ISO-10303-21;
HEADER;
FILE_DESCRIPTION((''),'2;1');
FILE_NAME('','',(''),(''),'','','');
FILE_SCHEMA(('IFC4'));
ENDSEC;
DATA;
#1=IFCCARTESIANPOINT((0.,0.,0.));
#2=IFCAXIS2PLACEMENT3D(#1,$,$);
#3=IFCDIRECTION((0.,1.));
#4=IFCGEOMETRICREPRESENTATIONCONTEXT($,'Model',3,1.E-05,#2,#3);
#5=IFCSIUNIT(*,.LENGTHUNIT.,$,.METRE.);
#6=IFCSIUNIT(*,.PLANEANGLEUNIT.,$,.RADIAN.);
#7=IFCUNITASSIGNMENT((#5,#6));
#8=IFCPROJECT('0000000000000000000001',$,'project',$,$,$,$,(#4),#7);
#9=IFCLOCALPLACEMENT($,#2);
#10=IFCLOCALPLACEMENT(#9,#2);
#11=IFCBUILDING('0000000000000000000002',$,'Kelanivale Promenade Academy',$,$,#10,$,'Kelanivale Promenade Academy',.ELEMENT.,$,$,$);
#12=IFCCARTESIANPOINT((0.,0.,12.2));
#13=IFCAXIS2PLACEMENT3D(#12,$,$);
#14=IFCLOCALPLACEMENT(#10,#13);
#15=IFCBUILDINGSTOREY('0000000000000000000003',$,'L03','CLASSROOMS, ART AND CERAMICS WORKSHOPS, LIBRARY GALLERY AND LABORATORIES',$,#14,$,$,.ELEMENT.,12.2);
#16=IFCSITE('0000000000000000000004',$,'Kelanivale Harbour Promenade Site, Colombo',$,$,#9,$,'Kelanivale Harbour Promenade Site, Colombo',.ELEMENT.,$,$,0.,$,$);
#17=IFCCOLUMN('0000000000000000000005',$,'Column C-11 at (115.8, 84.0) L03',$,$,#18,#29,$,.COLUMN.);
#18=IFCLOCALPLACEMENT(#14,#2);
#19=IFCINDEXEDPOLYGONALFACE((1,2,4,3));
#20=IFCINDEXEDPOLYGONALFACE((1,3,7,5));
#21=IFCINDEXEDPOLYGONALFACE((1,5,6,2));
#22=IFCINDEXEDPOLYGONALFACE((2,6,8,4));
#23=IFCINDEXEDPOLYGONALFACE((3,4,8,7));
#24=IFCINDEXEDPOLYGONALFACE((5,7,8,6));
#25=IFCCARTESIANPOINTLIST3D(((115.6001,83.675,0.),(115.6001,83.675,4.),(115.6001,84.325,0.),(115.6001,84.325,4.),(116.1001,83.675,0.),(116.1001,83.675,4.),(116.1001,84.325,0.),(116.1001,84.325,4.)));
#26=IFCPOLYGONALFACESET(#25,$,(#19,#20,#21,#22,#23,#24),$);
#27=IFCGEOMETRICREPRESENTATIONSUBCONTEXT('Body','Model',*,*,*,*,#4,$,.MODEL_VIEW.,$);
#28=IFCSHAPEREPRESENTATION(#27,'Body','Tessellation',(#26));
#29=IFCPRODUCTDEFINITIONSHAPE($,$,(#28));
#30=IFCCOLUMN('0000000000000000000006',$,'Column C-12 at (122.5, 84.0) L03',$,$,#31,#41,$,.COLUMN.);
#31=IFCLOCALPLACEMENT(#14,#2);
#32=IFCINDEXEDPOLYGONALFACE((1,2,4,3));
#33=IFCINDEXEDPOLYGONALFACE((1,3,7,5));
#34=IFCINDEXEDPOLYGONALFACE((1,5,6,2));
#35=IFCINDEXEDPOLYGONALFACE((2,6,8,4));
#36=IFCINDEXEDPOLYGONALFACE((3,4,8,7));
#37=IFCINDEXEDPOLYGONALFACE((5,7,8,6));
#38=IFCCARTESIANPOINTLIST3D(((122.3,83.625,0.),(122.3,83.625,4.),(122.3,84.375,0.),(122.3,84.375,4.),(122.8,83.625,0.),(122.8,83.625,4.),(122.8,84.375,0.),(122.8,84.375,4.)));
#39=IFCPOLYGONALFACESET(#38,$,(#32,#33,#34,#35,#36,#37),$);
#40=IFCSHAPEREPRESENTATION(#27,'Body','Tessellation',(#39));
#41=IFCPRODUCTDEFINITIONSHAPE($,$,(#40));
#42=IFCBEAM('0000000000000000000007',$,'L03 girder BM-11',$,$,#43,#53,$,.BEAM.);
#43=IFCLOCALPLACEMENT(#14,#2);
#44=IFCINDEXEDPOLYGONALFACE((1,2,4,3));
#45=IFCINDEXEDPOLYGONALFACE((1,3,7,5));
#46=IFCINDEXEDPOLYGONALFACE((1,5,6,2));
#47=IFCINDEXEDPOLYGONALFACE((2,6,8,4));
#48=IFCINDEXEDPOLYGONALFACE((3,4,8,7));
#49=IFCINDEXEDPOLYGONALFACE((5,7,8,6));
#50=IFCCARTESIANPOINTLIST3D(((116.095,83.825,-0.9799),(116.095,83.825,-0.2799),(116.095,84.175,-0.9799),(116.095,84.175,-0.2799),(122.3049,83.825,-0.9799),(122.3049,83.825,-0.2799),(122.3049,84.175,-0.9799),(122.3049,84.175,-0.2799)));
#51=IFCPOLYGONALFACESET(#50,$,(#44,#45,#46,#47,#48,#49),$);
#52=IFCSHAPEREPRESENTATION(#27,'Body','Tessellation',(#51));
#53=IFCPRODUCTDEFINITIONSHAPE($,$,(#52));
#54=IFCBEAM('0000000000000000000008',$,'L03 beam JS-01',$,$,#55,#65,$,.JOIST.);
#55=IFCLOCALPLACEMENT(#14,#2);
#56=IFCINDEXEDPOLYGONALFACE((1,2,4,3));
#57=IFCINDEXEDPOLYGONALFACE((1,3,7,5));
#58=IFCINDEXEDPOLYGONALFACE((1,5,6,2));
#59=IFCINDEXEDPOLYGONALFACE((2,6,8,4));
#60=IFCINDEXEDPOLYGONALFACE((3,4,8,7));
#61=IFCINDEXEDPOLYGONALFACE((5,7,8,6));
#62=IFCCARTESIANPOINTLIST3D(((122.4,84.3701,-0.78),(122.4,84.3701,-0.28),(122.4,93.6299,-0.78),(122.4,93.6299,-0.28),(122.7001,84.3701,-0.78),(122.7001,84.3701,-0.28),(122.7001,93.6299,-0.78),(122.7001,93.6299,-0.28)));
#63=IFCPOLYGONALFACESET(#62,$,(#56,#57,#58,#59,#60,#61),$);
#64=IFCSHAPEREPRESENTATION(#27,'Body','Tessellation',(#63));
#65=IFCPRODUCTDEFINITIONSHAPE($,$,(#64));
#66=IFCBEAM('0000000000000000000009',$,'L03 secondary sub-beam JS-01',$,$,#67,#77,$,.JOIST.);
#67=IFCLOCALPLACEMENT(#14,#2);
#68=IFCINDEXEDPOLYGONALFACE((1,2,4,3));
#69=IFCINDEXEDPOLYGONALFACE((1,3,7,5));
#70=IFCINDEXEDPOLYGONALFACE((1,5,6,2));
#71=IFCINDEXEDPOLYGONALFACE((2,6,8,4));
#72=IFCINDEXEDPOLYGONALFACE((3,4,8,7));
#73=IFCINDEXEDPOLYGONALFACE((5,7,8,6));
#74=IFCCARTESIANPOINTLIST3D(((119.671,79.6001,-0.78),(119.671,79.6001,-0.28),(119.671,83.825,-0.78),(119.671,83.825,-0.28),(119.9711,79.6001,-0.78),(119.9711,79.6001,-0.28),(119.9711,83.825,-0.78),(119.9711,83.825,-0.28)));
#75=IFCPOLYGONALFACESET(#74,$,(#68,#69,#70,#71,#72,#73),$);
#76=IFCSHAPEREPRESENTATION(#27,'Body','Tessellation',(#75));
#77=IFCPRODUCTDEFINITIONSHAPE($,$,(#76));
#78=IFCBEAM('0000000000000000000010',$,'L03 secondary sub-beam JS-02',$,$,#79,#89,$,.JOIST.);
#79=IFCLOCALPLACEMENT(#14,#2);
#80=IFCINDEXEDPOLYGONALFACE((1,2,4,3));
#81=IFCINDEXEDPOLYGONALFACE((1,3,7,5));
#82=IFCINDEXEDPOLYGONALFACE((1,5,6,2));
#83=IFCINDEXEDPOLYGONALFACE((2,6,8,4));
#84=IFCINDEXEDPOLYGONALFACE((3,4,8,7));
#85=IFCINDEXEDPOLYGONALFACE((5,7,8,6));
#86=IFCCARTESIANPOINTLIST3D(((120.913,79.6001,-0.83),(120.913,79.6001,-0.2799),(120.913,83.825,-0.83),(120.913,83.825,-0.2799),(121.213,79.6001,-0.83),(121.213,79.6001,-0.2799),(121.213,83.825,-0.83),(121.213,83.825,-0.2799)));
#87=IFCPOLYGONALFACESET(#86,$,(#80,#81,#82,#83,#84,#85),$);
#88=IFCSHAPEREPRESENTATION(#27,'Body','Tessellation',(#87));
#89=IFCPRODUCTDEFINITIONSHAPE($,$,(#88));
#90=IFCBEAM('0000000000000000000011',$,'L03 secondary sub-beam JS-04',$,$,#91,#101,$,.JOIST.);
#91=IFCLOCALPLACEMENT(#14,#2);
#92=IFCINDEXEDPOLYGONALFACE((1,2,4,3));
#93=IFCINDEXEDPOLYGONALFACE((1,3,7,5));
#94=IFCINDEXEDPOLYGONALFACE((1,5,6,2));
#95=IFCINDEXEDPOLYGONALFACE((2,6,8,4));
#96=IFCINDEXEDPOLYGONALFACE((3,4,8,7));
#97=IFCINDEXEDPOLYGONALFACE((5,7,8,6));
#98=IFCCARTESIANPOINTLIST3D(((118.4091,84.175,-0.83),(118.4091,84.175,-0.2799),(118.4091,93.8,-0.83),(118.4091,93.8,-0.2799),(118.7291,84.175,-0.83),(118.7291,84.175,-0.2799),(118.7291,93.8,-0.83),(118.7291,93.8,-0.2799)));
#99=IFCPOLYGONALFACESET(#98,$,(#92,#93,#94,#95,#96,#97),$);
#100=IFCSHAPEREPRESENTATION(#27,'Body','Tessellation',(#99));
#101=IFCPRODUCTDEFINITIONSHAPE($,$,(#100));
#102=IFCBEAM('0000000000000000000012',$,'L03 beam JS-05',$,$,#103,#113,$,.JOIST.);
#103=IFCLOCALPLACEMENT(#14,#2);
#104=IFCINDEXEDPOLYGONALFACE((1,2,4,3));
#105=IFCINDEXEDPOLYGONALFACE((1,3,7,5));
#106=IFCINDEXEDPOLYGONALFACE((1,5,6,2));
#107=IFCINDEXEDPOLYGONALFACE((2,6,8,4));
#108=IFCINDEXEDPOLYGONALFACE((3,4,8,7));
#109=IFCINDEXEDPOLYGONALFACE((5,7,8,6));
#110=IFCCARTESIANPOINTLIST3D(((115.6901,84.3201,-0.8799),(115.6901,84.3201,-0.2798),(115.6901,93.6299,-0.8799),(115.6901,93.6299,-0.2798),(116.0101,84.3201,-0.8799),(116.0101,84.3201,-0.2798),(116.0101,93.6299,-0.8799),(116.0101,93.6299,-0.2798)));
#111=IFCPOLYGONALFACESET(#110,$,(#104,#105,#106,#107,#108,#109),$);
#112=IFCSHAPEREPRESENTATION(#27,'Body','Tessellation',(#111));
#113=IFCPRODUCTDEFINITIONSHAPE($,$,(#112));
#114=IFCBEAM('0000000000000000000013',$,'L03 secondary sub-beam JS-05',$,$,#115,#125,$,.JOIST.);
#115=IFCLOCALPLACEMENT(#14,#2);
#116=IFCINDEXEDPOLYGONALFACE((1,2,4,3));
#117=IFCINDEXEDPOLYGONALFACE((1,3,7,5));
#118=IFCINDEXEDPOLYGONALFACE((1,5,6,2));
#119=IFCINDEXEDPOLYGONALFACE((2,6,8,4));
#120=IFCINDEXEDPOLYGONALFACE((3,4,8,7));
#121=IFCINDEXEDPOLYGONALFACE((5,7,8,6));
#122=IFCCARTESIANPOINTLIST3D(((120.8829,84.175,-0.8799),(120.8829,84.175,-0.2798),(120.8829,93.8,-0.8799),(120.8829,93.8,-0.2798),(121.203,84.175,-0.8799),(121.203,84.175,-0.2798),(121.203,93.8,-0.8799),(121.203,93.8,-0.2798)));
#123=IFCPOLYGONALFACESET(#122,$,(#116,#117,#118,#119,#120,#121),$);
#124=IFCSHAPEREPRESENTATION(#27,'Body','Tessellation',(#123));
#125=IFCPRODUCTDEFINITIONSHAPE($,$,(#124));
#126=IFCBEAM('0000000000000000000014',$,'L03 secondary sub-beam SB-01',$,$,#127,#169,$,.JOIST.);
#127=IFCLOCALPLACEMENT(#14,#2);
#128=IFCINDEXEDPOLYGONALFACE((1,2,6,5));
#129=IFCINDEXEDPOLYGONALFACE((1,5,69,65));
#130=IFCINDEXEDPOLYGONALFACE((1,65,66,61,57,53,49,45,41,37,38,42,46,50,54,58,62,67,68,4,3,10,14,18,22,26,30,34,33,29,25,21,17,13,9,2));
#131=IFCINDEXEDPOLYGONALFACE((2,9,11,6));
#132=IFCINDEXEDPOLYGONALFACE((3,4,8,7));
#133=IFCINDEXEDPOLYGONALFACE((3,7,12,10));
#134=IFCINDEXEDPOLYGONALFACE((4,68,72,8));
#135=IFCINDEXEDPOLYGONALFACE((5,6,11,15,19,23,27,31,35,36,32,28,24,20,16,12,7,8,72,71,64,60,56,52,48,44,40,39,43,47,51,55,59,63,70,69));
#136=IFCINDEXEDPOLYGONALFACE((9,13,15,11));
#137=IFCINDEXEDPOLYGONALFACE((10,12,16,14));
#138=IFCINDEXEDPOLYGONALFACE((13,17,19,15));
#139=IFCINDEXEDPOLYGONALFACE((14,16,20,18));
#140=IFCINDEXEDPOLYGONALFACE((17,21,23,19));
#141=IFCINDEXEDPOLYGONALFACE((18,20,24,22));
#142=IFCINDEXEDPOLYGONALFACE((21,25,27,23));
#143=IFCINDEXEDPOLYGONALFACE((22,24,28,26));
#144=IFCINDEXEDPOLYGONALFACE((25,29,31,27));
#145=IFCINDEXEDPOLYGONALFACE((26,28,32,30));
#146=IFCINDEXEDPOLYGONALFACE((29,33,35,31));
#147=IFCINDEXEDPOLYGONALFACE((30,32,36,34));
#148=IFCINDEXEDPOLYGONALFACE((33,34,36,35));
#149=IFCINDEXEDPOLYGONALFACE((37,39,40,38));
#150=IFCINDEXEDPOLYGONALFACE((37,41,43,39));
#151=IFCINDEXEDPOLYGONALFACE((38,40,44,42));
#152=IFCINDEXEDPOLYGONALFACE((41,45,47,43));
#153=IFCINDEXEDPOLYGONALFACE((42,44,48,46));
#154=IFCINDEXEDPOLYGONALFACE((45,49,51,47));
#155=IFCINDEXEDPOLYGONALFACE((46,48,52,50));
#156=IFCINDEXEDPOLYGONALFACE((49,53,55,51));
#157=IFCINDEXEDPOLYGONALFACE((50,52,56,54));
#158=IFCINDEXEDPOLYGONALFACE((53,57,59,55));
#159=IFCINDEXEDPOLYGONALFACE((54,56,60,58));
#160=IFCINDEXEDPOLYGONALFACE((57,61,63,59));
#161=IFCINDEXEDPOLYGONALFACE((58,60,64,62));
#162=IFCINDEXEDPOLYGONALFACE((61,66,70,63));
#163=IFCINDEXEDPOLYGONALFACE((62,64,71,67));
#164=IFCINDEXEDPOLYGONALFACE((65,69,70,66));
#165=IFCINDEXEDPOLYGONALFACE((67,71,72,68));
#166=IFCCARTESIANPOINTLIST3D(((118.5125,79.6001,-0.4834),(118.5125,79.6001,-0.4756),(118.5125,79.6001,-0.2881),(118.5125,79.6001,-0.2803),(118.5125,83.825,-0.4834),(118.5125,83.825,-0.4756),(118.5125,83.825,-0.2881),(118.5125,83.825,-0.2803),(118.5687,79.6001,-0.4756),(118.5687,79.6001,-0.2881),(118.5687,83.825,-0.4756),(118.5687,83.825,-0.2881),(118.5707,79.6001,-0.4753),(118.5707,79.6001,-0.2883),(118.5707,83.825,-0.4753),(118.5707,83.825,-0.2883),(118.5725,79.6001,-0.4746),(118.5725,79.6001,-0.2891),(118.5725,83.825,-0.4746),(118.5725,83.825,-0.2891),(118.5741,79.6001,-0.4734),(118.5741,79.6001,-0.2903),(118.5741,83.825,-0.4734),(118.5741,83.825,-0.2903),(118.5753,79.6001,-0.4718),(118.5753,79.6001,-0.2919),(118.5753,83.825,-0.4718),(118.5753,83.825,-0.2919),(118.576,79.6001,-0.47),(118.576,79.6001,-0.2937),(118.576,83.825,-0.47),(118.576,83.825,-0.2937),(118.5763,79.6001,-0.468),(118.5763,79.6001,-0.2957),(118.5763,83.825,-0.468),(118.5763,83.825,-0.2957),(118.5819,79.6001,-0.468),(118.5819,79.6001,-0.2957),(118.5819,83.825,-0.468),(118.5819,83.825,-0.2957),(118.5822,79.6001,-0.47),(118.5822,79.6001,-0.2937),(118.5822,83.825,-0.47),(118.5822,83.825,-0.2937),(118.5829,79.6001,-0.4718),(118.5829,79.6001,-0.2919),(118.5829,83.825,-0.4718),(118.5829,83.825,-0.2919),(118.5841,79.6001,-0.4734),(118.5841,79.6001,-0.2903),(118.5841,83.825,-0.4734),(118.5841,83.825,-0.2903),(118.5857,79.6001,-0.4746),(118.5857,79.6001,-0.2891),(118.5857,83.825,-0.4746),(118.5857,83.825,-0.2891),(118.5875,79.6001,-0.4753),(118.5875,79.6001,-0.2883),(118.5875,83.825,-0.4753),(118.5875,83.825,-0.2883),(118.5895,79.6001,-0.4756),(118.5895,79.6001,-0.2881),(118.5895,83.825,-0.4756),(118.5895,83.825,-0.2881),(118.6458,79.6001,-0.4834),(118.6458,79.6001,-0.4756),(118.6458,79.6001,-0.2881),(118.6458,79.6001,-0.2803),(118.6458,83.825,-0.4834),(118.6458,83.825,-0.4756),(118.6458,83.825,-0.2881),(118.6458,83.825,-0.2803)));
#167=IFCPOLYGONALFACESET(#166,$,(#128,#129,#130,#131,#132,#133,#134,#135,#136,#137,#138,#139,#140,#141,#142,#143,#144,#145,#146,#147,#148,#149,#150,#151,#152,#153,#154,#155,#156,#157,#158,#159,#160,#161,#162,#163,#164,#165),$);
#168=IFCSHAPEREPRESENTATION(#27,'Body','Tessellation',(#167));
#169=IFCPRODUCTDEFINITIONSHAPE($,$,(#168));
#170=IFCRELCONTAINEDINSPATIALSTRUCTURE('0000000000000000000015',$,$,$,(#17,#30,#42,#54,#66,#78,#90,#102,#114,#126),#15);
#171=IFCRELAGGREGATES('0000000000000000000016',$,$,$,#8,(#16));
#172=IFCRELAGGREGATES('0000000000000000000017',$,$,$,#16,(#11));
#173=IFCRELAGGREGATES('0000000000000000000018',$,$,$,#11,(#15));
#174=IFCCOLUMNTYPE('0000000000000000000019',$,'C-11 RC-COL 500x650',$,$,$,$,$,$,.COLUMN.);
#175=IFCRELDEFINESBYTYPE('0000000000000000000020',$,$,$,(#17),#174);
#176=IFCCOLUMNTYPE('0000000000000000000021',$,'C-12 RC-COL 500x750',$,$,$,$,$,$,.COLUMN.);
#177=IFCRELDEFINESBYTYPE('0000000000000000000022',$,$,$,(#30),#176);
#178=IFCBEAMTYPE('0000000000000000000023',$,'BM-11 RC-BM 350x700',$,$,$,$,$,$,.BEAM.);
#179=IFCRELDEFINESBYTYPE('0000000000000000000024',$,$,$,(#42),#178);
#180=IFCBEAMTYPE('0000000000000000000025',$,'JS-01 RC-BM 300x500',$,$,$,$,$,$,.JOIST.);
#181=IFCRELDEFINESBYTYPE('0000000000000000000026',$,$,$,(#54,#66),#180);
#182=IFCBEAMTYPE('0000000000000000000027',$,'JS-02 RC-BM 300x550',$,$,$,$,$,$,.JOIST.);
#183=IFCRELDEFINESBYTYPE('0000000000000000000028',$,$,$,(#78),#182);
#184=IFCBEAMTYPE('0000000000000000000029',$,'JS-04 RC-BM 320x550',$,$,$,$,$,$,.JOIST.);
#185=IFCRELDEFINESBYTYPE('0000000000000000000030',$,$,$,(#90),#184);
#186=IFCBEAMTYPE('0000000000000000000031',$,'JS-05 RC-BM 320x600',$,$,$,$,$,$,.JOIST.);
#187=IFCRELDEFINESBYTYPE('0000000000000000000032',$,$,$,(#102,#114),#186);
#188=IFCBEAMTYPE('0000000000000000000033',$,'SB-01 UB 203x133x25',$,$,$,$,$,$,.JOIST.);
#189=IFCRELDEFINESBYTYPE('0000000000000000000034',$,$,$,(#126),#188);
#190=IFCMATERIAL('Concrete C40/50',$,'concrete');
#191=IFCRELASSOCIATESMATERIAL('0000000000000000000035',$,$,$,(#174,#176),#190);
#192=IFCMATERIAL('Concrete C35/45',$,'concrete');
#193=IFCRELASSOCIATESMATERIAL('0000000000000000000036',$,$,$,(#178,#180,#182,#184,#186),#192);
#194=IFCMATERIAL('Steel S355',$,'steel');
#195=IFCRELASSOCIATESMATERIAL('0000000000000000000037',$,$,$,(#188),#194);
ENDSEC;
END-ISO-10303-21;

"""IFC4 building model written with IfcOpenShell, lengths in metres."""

from ifc_helpers import new_model, si_unit, direction, frame, origin, origin_2d, place, context, subcontext, project, spatial, rectangle, i_section, extrude, material, material_profile, profile_set, type_object, element, save


model = new_model("IFC4")

# Units and contexts
model_context = context("Model", 3, precision=1e-05, world=origin(), true_north=direction((0.0, 1.0)))
body_context = subcontext(model_context, "Body", "Model", "MODEL_VIEW")
ifc_project = project(units=[si_unit("LENGTHUNIT", "METRE"), si_unit("PLANEANGLEUNIT", "RADIAN")], contexts=[model_context])

# Site, building, storey
site_placement = place(None, origin())
site = spatial("IfcSite", under=ifc_project, at=site_placement, Name="Kelanivale Harbour Promenade Site, Colombo", LongName="Kelanivale Harbour Promenade Site, Colombo", CompositionType="ELEMENT", RefElevation=0.0)
building_placement = place(site_placement, origin())
building = spatial("IfcBuilding", under=site, at=building_placement, Name="Kelanivale Promenade Academy", LongName="Kelanivale Promenade Academy", CompositionType="ELEMENT")
storey_placement = place(building_placement, frame((0.0, 0.0, 12.2)))
storey = spatial("IfcBuildingStorey", under=building, at=storey_placement, Name="L03", Description="CLASSROOMS, ART AND CERAMICS WORKSHOPS, LIBRARY GALLERY AND LABORATORIES", CompositionType="ELEMENT", Elevation=12.2)

# Columns
ifc_material_1 = material(Name="Concrete C40/50", Category="concrete")
ifc_material_profile_1 = material_profile(ifc_material_1, rectangle(XDim=0.5, YDim=0.6499, at=origin_2d()), Name="RC-COL 500x650")
ifc_profile_set_1 = profile_set([ifc_material_profile_1], Name="Concrete C40/50")
column_type_1 = type_object("IfcColumnType", Name="C-11 RC-COL 500x650", PredefinedType="COLUMN", material=ifc_profile_set_1)
column_1_placement = place(storey_placement, frame((115.8501, 84.0, 0.0), z_axis=(0.0, 0.0, 1.0), x_axis=(1.0, 0.0, 0.0)))
element("IfcColumn", 1, at=column_1_placement, inside=storey, type_object=column_type_1, Name="Column C-11 at (115.8, 84.0) L03", PredefinedType="COLUMN", context=body_context, shape_type="SweptSolid", body=[
    extrude(rectangle(XDim=0.5, YDim=0.6499, at=origin_2d()), origin(), (0.0, 0.0, 1.0), 4.0),
])
ifc_material_profile_2 = material_profile(ifc_material_1, rectangle(XDim=0.5, YDim=0.75, at=origin_2d()), Name="RC-COL 500x750")
ifc_profile_set_2 = profile_set([ifc_material_profile_2], Name="Concrete C40/50")
column_type_2 = type_object("IfcColumnType", Name="C-12 RC-COL 500x750", PredefinedType="COLUMN", material=ifc_profile_set_2)
column_2_placement = place(storey_placement, frame((122.55, 84.0, 0.0), z_axis=(0.0, 0.0, 1.0), x_axis=(1.0, 0.0, 0.0)))
element("IfcColumn", 2, at=column_2_placement, inside=storey, type_object=column_type_2, Name="Column C-12 at (122.5, 84.0) L03", PredefinedType="COLUMN", context=body_context, shape_type="SweptSolid", body=[
    extrude(rectangle(XDim=0.5, YDim=0.75, at=origin_2d()), origin(), (0.0, 0.0, 1.0), 4.0),
])

# Beams
ifc_material_2 = material(Name="Concrete C35/45", Category="concrete")
ifc_material_profile_3 = material_profile(ifc_material_2, rectangle(XDim=0.3501, YDim=0.7, at=origin_2d()), Name="RC-BM 350x700")
ifc_profile_set_3 = profile_set([ifc_material_profile_3], Name="Concrete C35/45")
beam_type_1 = type_object("IfcBeamType", Name="BM-11 RC-BM 350x700", PredefinedType="BEAM", material=ifc_profile_set_3)
beam_1_placement = place(storey_placement, frame((116.095, 84.0, -0.6299), z_axis=(1.0, 0.0, 0.0), x_axis=(0.0, 1.0, 0.0)))
element("IfcBeam", 3, at=beam_1_placement, inside=storey, type_object=beam_type_1, Name="L03 girder BM-11", PredefinedType="BEAM", context=body_context, shape_type="SweptSolid", body=[
    extrude(rectangle(XDim=0.3501, YDim=0.7, at=origin_2d()), origin(), (0.0, 0.0, 1.0), 6.21),
])
ifc_material_profile_4 = material_profile(ifc_material_2, rectangle(XDim=0.3, YDim=0.5, at=origin_2d()), Name="RC-BM 300x500")
ifc_profile_set_4 = profile_set([ifc_material_profile_4], Name="Concrete C35/45")
beam_type_2 = type_object("IfcBeamType", Name="JS-01 RC-BM 300x500", PredefinedType="JOIST", material=ifc_profile_set_4)
beam_2_placement = place(storey_placement, frame((122.55, 84.3701, -0.53), z_axis=(0.0, 1.0, 0.0), x_axis=(-1.0, 0.0, 0.0)))
element("IfcBeam", 4, at=beam_2_placement, inside=storey, type_object=beam_type_2, Name="L03 beam JS-01", PredefinedType="JOIST", context=body_context, shape_type="SweptSolid", body=[
    extrude(rectangle(XDim=0.3, YDim=0.5, at=origin_2d()), origin(), (0.0, 0.0, 1.0), 9.2598),
])
beam_3_placement = place(storey_placement, frame((119.821, 79.6001, -0.53), z_axis=(0.0, 1.0, 0.0), x_axis=(-1.0, 0.0, 0.0)))
element("IfcBeam", 5, at=beam_3_placement, inside=storey, type_object=beam_type_2, Name="L03 secondary sub-beam JS-01", PredefinedType="JOIST", context=body_context, shape_type="SweptSolid", body=[
    extrude(rectangle(XDim=0.3, YDim=0.5, at=origin_2d()), origin(), (0.0, 0.0, 1.0), 4.2249),
])
ifc_material_profile_5 = material_profile(ifc_material_2, rectangle(XDim=0.3, YDim=0.55, at=origin_2d()), Name="RC-BM 300x550")
ifc_profile_set_5 = profile_set([ifc_material_profile_5], Name="Concrete C35/45")
beam_type_3 = type_object("IfcBeamType", Name="JS-02 RC-BM 300x550", PredefinedType="JOIST", material=ifc_profile_set_5)
beam_4_placement = place(storey_placement, frame((121.063, 79.6001, -0.5549), z_axis=(0.0, 1.0, 0.0), x_axis=(-1.0, 0.0, 0.0)))
element("IfcBeam", 6, at=beam_4_placement, inside=storey, type_object=beam_type_3, Name="L03 secondary sub-beam JS-02", PredefinedType="JOIST", context=body_context, shape_type="SweptSolid", body=[
    extrude(rectangle(XDim=0.3, YDim=0.55, at=origin_2d()), origin(), (0.0, 0.0, 1.0), 4.2249),
])
ifc_material_profile_6 = material_profile(ifc_material_2, rectangle(XDim=0.3201, YDim=0.55, at=origin_2d()), Name="RC-BM 320x550")
ifc_profile_set_6 = profile_set([ifc_material_profile_6], Name="Concrete C35/45")
beam_type_4 = type_object("IfcBeamType", Name="JS-04 RC-BM 320x550", PredefinedType="JOIST", material=ifc_profile_set_6)
beam_5_placement = place(storey_placement, frame((118.5691, 84.175, -0.5549), z_axis=(0.0, 1.0, 0.0), x_axis=(-1.0, 0.0, 0.0)))
element("IfcBeam", 7, at=beam_5_placement, inside=storey, type_object=beam_type_4, Name="L03 secondary sub-beam JS-04", PredefinedType="JOIST", context=body_context, shape_type="SweptSolid", body=[
    extrude(rectangle(XDim=0.3201, YDim=0.55, at=origin_2d()), origin(), (0.0, 0.0, 1.0), 9.625),
])
ifc_material_profile_7 = material_profile(ifc_material_2, rectangle(XDim=0.3201, YDim=0.6001, at=origin_2d()), Name="RC-BM 320x600")
ifc_profile_set_7 = profile_set([ifc_material_profile_7], Name="Concrete C35/45")
beam_type_5 = type_object("IfcBeamType", Name="JS-05 RC-BM 320x600", PredefinedType="JOIST", material=ifc_profile_set_7)
beam_6_placement = place(storey_placement, frame((115.8501, 84.3201, -0.5798), z_axis=(0.0, 1.0, 0.0), x_axis=(-1.0, 0.0, 0.0)))
element("IfcBeam", 8, at=beam_6_placement, inside=storey, type_object=beam_type_5, Name="L03 beam JS-05", PredefinedType="JOIST", context=body_context, shape_type="SweptSolid", body=[
    extrude(rectangle(XDim=0.3201, YDim=0.6001, at=origin_2d()), origin(), (0.0, 0.0, 1.0), 9.3098),
])
beam_7_placement = place(storey_placement, frame((121.043, 84.175, -0.5798), z_axis=(0.0, 1.0, 0.0), x_axis=(-1.0, 0.0, 0.0)))
element("IfcBeam", 9, at=beam_7_placement, inside=storey, type_object=beam_type_5, Name="L03 secondary sub-beam JS-05", PredefinedType="JOIST", context=body_context, shape_type="SweptSolid", body=[
    extrude(rectangle(XDim=0.3201, YDim=0.6001, at=origin_2d()), origin(), (0.0, 0.0, 1.0), 9.625),
])
ifc_material_3 = material(Name="Steel S355", Category="steel")
ifc_material_profile_8 = material_profile(ifc_material_3, i_section(OverallWidth=0.1333, OverallDepth=0.2031, WebThickness=0.0056, FlangeThickness=0.0078, FilletRadius=0.0076, at=origin_2d()), Name="UB 203x133x25")
ifc_profile_set_8 = profile_set([ifc_material_profile_8], Name="Steel S355")
beam_type_6 = type_object("IfcBeamType", Name="SB-01 UB 203x133x25", PredefinedType="JOIST", material=ifc_profile_set_8)
beam_8_placement = place(storey_placement, frame((118.5791, 79.6001, -0.3818), z_axis=(0.0, 1.0, 0.0), x_axis=(-1.0, 0.0, 0.0)))
element("IfcBeam", 10, at=beam_8_placement, inside=storey, type_object=beam_type_6, Name="L03 secondary sub-beam SB-01", PredefinedType="JOIST", context=body_context, shape_type="SweptSolid", body=[
    extrude(i_section(OverallWidth=0.1333, OverallDepth=0.2031, WebThickness=0.0056, FlangeThickness=0.0078, FilletRadius=0.0076, at=origin_2d()), origin(), (0.0, 0.0, 1.0), 4.2249),
])

save(model, "model.ifc")
